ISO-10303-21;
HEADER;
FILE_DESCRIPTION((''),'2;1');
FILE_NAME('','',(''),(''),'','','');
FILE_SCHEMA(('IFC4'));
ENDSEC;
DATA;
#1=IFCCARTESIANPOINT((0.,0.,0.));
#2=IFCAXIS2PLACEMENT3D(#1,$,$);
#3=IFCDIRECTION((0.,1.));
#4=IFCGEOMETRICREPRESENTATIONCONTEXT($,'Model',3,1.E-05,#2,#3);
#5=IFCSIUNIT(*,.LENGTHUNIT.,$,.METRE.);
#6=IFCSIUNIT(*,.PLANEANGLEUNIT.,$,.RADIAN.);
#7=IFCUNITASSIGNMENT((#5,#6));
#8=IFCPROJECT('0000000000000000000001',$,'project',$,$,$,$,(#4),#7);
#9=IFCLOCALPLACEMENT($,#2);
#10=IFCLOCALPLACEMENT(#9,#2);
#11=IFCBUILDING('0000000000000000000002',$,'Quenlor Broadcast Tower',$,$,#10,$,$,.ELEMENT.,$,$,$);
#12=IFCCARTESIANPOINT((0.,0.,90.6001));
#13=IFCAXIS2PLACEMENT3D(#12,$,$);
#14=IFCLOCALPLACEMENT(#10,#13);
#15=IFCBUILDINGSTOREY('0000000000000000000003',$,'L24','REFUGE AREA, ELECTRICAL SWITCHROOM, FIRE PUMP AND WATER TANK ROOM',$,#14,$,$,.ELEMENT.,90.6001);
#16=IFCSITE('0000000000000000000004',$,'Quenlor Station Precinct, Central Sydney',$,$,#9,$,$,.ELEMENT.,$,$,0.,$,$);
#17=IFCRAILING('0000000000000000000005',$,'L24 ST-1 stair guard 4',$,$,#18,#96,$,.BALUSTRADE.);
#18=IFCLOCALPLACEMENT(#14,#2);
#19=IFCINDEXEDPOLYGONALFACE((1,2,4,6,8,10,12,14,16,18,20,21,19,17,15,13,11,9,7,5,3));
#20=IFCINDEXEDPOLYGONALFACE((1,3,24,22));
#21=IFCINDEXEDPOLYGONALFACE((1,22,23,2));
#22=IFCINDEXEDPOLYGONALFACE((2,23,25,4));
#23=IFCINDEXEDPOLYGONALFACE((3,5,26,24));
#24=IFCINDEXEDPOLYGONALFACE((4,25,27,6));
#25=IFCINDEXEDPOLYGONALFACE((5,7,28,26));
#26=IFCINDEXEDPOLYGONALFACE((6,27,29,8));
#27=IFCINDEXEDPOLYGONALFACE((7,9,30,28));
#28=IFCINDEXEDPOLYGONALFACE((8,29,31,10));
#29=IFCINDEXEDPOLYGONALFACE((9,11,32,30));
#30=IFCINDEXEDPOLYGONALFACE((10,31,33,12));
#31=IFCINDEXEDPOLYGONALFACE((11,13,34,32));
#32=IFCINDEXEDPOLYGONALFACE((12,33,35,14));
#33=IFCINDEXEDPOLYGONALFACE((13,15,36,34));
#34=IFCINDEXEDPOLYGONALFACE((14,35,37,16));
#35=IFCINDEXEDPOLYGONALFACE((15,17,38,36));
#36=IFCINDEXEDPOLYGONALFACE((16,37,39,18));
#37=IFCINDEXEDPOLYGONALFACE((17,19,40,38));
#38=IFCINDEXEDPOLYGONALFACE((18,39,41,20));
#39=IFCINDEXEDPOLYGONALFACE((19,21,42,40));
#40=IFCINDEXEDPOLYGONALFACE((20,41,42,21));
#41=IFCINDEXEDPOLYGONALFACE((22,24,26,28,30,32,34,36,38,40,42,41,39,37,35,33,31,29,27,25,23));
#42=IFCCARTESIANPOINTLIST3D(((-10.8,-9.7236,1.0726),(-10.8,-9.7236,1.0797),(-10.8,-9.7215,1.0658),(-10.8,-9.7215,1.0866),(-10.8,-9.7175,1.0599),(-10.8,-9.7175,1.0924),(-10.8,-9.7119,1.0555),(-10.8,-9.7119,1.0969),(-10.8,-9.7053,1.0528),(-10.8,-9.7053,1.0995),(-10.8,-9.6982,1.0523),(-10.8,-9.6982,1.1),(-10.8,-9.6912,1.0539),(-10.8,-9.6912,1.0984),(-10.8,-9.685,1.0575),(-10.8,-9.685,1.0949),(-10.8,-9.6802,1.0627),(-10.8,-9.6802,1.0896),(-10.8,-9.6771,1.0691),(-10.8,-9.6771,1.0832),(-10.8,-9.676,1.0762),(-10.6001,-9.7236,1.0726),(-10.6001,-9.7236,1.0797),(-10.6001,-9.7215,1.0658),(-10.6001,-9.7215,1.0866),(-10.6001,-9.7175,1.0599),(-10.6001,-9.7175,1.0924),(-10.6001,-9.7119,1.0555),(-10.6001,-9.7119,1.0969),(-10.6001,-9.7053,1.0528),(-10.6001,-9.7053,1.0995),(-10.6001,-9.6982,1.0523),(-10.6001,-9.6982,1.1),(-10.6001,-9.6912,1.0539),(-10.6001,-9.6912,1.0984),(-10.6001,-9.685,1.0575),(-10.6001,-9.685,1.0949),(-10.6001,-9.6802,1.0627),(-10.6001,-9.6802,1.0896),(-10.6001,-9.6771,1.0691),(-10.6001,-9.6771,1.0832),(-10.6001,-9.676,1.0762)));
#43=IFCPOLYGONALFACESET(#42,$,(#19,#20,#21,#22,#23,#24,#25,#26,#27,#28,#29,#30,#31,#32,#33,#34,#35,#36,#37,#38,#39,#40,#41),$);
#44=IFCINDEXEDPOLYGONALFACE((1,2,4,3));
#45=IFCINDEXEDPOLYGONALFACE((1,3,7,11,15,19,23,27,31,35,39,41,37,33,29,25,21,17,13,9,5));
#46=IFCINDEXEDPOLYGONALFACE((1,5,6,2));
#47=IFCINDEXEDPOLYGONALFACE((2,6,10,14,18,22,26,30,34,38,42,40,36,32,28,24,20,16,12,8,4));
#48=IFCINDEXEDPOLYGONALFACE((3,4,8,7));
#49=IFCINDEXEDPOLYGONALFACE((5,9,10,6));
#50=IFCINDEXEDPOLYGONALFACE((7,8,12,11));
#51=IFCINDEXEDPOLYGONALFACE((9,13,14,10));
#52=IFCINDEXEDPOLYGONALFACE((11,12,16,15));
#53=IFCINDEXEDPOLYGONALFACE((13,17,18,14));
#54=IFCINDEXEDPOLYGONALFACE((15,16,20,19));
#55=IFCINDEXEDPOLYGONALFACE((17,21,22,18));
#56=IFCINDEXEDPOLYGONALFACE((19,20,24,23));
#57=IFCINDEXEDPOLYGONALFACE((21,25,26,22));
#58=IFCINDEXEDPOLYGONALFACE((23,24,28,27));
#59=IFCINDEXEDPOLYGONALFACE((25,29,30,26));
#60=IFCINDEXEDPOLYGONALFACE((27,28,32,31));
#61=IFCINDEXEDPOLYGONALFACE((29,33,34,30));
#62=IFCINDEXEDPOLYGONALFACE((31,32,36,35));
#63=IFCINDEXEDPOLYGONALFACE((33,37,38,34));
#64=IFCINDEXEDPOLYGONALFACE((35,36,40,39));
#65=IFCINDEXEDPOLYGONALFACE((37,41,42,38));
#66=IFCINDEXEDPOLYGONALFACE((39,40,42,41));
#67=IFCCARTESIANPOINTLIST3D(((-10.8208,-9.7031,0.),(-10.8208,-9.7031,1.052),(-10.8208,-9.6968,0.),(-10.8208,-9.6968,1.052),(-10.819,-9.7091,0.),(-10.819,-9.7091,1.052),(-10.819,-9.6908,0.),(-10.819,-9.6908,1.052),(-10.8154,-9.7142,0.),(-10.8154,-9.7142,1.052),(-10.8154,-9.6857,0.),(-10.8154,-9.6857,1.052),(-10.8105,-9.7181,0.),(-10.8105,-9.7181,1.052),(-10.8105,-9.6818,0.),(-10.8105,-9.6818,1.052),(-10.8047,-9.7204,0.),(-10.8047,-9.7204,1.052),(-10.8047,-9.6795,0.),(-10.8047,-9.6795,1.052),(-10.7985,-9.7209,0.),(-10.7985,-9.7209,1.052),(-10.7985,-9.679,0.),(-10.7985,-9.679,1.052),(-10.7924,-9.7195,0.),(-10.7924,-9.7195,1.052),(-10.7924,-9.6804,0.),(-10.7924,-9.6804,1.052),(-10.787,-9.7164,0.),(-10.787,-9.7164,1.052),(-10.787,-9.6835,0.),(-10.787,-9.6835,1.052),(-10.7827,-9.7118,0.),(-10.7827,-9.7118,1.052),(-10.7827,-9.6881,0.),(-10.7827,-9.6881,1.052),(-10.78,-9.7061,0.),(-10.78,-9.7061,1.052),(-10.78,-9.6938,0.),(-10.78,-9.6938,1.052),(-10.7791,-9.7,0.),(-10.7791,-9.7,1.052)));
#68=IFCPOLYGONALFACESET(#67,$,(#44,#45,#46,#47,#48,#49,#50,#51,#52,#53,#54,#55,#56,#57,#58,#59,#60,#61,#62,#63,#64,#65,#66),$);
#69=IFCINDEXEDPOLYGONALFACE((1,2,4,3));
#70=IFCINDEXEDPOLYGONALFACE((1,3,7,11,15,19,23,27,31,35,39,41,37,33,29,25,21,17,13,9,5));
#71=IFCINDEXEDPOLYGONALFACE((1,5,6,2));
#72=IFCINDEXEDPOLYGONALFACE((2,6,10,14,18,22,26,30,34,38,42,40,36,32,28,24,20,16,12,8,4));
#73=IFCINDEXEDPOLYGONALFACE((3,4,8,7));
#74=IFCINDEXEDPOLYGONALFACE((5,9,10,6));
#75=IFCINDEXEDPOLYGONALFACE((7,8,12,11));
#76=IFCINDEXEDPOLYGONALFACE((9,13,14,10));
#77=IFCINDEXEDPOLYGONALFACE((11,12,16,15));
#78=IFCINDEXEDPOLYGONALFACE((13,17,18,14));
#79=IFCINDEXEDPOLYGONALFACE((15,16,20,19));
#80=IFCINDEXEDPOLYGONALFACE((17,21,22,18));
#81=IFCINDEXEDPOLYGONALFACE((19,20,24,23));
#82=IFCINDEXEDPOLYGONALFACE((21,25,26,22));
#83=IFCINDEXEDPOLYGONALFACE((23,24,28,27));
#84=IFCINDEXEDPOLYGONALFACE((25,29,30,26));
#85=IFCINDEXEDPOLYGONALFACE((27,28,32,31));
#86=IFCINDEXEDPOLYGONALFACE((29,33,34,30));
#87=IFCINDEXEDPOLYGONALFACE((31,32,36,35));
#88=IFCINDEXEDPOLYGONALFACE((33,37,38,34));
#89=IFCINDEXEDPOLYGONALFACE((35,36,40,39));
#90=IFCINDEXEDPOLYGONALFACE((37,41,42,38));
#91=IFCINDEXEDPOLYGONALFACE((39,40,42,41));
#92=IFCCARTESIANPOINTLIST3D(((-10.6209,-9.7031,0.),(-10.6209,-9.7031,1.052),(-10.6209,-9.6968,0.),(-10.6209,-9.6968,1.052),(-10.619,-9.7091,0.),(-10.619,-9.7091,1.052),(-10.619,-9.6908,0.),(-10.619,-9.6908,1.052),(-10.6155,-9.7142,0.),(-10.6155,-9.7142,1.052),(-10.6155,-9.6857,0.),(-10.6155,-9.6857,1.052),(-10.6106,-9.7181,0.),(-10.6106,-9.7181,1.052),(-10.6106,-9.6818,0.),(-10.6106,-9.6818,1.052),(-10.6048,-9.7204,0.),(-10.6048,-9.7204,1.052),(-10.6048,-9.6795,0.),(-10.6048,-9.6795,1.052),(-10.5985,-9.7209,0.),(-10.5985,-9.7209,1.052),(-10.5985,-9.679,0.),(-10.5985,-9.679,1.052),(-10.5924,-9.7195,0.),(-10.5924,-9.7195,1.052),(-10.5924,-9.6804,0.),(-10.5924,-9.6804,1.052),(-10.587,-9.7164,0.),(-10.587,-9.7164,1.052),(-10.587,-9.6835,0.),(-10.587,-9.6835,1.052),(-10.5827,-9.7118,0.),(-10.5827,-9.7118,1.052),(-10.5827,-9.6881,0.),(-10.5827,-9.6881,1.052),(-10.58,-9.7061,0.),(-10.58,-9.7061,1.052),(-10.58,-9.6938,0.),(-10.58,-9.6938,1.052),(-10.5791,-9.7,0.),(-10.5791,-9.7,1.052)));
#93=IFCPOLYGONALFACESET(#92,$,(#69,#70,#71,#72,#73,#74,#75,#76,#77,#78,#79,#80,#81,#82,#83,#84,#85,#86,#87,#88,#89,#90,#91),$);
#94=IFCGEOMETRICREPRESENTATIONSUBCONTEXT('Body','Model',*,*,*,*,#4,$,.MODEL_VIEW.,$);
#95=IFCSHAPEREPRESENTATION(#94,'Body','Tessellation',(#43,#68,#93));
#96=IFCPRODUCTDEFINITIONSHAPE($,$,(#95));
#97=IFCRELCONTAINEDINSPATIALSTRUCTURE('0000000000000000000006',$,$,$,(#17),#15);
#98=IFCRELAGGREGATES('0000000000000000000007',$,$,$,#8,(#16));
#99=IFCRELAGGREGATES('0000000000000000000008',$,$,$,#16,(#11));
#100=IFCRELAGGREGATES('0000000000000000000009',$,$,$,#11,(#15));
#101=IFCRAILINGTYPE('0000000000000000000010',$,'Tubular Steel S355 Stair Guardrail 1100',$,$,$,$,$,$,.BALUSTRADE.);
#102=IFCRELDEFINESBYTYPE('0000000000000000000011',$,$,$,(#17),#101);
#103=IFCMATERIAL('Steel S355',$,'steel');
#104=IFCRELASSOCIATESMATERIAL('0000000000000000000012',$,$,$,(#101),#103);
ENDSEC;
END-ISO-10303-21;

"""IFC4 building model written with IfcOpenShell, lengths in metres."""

from ifc_helpers import new_model, si_unit, direction, frame, origin, origin_2d, place, context, subcontext, project, spatial, circle, extrude, material, type_object, element, save


model = new_model("IFC4")

# Units and contexts
model_context = context("Model", 3, precision=1e-05, world=origin(), true_north=direction((0.0, 1.0)))
body_context = subcontext(model_context, "Body", "Model", "MODEL_VIEW")
ifc_project = project(units=[si_unit("LENGTHUNIT", "METRE"), si_unit("PLANEANGLEUNIT", "RADIAN")], contexts=[model_context])

# Site, building, storey
site_placement = place(None, origin())
site = spatial("IfcSite", under=ifc_project, at=site_placement, Name="Quenlor Station Precinct, Central Sydney", CompositionType="ELEMENT", RefElevation=0.0)
building_placement = place(site_placement, origin())
building = spatial("IfcBuilding", under=site, at=building_placement, Name="Quenlor Broadcast Tower", CompositionType="ELEMENT")
storey_placement = place(building_placement, frame((0.0, 0.0, 90.6001)))
storey = spatial("IfcBuildingStorey", under=building, at=storey_placement, Name="L24", Description="REFUGE AREA, ELECTRICAL SWITCHROOM, FIRE PUMP AND WATER TANK ROOM", CompositionType="ELEMENT", Elevation=90.6001)

# Railing
ifc_material_1 = material(Name="Steel S355", Category="steel")
railing_type_1 = type_object("IfcRailingType", Name="Tubular Steel S355 Stair Guardrail 1100", PredefinedType="BALUSTRADE", material=ifc_material_1)
railing_1_placement = place(storey_placement, frame((-10.8, -9.7, 0.0)))
element("IfcRailing", 1, at=railing_1_placement, inside=storey, type_object=railing_type_1, Name="L24 ST-1 stair guard 4", PredefinedType="BALUSTRADE", context=body_context, shape_type="SweptSolid", body=[
    extrude(circle(Radius=0.0239, at=origin_2d()), frame((0.0, 0.0, 1.0762), z_axis=(1.0, 0.0, 0.0), x_axis=(0.0, 1.0, 0.0)), (0.0, 0.0, 1.0), 0.2),
    extrude(circle(Radius=0.021, at=origin_2d()), origin(), (0.0, 0.0, 1.0), 1.052),
    extrude(circle(Radius=0.021, at=origin_2d()), frame((0.2, 0.0, 0.0)), (0.0, 0.0, 1.0), 1.052),
])

save(model, "model.ifc")
